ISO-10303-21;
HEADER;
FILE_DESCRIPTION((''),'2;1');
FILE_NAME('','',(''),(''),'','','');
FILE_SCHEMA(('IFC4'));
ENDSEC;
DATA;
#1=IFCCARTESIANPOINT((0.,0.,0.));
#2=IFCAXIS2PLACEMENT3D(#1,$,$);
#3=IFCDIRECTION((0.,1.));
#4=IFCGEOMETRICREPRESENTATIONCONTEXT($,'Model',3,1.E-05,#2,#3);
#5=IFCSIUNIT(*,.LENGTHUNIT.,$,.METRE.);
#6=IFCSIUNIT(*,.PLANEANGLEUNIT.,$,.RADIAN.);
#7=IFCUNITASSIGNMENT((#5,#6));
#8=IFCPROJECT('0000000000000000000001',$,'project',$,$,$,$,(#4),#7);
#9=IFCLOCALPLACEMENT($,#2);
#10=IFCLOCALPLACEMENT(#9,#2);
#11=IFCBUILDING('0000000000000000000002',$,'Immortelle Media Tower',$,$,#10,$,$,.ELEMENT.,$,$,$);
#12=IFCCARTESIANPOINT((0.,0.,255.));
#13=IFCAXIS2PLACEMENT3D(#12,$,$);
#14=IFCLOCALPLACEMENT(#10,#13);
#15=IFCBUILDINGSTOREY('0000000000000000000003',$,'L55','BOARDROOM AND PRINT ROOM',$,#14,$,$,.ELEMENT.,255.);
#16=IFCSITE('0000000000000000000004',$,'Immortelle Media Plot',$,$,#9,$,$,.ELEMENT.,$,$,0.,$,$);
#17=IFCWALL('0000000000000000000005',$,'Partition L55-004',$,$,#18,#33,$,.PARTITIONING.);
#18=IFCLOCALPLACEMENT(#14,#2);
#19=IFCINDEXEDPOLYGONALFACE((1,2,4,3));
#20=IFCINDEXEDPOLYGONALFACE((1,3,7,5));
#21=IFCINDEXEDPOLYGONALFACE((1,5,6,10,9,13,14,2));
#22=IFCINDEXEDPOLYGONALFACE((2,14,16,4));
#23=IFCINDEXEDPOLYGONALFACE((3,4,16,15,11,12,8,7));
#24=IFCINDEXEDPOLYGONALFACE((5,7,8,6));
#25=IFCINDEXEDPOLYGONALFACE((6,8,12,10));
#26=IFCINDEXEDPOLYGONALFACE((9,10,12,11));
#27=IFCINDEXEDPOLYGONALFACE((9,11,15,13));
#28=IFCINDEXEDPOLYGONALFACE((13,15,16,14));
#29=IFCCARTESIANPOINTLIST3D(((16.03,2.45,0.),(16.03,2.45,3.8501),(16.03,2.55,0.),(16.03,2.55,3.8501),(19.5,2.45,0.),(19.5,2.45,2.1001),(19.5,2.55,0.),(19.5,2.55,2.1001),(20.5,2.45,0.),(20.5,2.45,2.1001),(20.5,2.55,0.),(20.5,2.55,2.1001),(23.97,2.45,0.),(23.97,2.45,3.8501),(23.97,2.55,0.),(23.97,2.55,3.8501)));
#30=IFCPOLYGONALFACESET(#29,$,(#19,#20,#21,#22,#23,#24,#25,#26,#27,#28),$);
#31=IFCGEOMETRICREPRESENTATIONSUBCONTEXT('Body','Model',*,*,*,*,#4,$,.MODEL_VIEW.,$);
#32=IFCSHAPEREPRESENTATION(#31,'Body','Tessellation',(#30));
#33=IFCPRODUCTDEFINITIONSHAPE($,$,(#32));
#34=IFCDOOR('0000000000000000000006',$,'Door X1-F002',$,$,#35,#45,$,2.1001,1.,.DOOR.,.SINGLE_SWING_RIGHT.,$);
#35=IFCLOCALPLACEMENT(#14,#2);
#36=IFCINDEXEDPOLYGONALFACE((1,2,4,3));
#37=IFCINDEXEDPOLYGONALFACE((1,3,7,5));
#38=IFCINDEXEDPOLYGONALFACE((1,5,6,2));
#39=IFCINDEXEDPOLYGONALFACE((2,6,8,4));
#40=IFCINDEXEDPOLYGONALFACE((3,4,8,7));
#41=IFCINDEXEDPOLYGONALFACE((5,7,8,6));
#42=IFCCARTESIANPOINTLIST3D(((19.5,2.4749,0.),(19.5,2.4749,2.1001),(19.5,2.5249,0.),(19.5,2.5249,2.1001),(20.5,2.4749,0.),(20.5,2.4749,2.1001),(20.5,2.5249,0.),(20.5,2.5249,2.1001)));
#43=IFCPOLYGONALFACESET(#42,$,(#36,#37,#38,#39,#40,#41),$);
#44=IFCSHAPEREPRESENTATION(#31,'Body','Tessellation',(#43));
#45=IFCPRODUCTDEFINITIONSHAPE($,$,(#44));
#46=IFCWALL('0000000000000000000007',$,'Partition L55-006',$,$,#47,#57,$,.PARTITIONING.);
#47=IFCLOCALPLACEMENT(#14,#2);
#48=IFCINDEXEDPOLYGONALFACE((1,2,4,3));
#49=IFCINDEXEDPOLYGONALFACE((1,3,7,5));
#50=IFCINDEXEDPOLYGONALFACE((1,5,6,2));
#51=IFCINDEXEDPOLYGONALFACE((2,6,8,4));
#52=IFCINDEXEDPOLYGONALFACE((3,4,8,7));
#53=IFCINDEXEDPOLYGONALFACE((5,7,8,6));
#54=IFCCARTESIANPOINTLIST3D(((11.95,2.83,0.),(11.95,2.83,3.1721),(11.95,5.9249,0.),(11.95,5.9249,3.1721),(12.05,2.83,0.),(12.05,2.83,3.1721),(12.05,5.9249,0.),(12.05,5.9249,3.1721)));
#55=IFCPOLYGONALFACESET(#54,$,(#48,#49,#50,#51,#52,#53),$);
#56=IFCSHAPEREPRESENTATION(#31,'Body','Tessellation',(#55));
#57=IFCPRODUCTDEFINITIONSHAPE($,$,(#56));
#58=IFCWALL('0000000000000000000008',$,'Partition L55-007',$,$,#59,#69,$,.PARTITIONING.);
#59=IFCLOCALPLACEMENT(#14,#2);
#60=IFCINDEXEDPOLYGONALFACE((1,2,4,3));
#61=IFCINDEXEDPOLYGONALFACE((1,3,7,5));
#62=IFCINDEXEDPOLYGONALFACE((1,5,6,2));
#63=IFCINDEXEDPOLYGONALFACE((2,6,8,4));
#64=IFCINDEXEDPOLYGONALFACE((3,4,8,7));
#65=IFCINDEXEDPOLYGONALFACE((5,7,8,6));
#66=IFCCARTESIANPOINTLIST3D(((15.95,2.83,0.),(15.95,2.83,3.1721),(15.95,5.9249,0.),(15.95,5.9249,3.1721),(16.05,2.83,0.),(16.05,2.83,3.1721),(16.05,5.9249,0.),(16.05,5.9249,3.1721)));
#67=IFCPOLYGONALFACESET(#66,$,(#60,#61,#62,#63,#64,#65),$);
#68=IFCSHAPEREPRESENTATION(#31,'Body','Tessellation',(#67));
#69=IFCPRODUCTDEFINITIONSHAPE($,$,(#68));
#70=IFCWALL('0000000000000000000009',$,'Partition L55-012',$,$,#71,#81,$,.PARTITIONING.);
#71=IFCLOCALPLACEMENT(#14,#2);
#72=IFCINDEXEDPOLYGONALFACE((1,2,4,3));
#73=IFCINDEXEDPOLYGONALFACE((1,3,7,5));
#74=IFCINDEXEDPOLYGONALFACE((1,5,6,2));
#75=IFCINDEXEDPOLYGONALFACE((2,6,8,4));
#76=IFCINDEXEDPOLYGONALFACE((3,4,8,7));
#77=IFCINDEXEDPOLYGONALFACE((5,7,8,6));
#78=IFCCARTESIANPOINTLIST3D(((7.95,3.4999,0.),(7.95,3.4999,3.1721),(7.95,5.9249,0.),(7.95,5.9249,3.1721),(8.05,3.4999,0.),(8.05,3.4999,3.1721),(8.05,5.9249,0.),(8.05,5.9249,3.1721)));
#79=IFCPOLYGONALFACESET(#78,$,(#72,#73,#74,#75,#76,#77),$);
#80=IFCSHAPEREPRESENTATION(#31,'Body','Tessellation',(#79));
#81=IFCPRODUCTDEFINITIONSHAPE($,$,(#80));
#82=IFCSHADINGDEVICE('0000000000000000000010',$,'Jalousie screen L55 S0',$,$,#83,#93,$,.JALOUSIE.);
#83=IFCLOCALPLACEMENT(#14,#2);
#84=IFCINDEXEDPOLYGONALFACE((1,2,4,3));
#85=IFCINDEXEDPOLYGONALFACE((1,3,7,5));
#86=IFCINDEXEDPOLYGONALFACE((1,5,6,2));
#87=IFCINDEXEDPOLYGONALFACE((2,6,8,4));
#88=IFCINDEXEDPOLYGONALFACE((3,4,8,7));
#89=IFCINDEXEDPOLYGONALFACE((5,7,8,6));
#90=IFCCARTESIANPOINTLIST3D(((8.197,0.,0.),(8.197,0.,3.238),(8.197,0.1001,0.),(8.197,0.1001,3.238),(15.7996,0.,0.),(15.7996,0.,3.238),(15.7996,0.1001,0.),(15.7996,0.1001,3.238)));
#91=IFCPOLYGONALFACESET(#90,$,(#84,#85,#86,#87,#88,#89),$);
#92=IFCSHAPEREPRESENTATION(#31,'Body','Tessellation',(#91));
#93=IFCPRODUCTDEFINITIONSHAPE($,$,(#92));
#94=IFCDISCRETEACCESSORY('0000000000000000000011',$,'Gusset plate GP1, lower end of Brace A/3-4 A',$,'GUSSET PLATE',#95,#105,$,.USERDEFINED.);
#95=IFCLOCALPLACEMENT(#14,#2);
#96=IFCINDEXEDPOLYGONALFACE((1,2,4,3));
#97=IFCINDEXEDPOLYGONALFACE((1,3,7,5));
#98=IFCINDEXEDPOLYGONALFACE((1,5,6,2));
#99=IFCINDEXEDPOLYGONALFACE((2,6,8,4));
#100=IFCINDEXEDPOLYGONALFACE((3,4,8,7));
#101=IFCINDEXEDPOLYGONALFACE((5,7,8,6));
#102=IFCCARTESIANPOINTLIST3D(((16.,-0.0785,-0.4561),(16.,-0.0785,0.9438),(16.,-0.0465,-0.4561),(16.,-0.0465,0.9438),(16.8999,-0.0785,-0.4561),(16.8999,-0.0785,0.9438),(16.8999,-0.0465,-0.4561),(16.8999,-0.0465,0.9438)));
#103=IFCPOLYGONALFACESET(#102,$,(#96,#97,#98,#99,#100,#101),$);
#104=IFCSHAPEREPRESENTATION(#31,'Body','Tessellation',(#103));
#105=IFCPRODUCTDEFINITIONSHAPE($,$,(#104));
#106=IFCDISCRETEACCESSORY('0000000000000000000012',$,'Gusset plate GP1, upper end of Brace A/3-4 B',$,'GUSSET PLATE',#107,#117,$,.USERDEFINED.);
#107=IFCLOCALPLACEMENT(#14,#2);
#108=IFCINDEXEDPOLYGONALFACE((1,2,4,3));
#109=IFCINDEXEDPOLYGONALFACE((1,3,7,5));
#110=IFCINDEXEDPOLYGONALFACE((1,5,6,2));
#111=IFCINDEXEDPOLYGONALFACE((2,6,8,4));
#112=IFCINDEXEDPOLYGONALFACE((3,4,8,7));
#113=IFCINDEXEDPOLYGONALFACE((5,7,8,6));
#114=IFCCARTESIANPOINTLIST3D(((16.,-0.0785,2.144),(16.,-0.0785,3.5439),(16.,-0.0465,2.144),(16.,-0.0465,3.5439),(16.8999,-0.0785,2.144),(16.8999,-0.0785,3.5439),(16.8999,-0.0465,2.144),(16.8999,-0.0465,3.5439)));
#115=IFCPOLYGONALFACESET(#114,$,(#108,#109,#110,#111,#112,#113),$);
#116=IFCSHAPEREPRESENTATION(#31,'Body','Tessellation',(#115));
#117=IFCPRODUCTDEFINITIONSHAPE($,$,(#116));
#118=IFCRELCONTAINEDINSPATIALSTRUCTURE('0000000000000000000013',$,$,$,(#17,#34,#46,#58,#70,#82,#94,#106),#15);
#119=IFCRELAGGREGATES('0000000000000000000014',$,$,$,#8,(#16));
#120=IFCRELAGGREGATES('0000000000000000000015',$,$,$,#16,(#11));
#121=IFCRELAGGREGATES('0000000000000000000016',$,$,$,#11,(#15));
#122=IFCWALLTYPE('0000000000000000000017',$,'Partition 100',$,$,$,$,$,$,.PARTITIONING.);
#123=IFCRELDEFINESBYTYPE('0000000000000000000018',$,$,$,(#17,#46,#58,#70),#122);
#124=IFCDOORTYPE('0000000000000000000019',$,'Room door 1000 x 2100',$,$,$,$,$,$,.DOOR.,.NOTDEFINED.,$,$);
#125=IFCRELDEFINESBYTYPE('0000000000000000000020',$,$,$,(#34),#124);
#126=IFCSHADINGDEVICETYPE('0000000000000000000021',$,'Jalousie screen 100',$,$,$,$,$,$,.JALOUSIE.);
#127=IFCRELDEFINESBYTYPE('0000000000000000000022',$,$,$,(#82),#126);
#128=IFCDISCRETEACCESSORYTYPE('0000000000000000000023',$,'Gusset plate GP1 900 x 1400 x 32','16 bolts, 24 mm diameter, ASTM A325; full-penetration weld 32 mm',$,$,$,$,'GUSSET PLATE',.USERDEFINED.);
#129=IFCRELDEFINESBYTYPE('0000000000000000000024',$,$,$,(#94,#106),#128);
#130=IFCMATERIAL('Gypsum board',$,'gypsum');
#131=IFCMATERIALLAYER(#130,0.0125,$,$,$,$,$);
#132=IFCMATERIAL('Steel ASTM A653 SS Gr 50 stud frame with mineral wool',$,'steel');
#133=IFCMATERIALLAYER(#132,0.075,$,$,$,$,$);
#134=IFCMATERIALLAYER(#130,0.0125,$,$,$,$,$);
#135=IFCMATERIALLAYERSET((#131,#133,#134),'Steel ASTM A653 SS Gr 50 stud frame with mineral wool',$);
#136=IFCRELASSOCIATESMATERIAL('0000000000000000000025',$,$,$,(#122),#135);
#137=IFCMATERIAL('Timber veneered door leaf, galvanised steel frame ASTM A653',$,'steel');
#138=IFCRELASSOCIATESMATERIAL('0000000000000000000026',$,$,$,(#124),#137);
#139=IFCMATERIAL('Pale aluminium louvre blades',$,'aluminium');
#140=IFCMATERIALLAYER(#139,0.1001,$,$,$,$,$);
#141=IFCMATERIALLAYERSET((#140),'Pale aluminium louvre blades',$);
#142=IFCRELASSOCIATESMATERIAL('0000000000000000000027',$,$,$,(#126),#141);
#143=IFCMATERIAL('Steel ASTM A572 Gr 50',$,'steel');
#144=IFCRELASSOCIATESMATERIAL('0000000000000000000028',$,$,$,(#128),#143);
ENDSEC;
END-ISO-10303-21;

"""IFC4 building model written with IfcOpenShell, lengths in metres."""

from ifc_helpers import new_model, si_unit, direction, frame, frame_2d, origin, origin_2d, place, context, subcontext, project, spatial, rectangle, extrude, material, layer, layer_set, material_profile, profile_set, type_object, element, fill, save


model = new_model("IFC4")

# Units and contexts
model_context = context("Model", 3, precision=1e-05, world=origin(), true_north=direction((0.0, 1.0)))
body_context = subcontext(model_context, "Body", "Model", "MODEL_VIEW")
ifc_project = project(units=[si_unit("LENGTHUNIT", "METRE"), si_unit("PLANEANGLEUNIT", "RADIAN")], contexts=[model_context])

# Site, building, storey
site_placement = place(None, origin())
site = spatial("IfcSite", under=ifc_project, at=site_placement, Name="Immortelle Media Plot", CompositionType="ELEMENT", RefElevation=0.0)
building_placement = place(site_placement, origin())
building = spatial("IfcBuilding", under=site, at=building_placement, Name="Immortelle Media Tower", CompositionType="ELEMENT")
storey_placement = place(building_placement, frame((0.0, 0.0, 255.0)))
storey = spatial("IfcBuildingStorey", under=building, at=storey_placement, Name="L55", Description="BOARDROOM AND PRINT ROOM", CompositionType="ELEMENT", Elevation=255.0)

# Shared definitions
ifc_material_1 = material(Name="Steel ASTM A653 SS Gr 50 stud frame with mineral wool", Category="steel")

# Wall, opening, door
ifc_material_2 = material(Name="Gypsum board", Category="gypsum")
ifc_layer_1 = layer(ifc_material_2, 0.0125)
ifc_layer_2 = layer(ifc_material_1, 0.075)
ifc_layer_3 = layer(ifc_material_2, 0.0125)
ifc_layer_set_1 = layer_set([ifc_layer_1, ifc_layer_2, ifc_layer_3], Name="Steel ASTM A653 SS Gr 50 stud frame with mineral wool")
wall_type_1 = type_object("IfcWallType", Name="Partition 100", PredefinedType="PARTITIONING", material=ifc_layer_set_1)
wall_1_placement = place(storey_placement, frame((16.03, 2.5, 0.0), z_axis=(0.0, 0.0, 1.0), x_axis=(1.0, 0.0, 0.0)))
wall_1 = element("IfcWall", 1, at=wall_1_placement, inside=storey, type_object=wall_type_1, Name="Partition L55-004", PredefinedType="PARTITIONING", context=body_context, shape_type="SweptSolid", body=[
    extrude(rectangle(XDim=7.9399, YDim=0.1001, at=frame_2d((3.97, 0.0))), origin(), (0.0, 0.0, 1.0), 3.8501),
])
opening_1_placement = place(wall_1_placement, frame((3.47, 0.0, 0.0)))
opening_1 = element("IfcOpeningElement", 2, at=opening_1_placement, cuts=wall_1, PredefinedType="OPENING", context=body_context, shape_type="SweptSolid", body=[
    extrude(rectangle(XDim=1.0, YDim=2.1001, at=frame_2d((0.5, 1.05))), frame((0.0, 0.0601, 0.0), z_axis=(0.0, -1.0, 0.0), x_axis=(1.0, 0.0, 0.0)), (0.0, 0.0, 1.0), 0.1201),
])
ifc_material_3 = material(Name="Timber veneered door leaf, galvanised steel frame ASTM A653", Category="steel")
door_type_1 = type_object("IfcDoorType", Name="Room door 1000 x 2100", OperationType="NOTDEFINED", PredefinedType="DOOR", material=ifc_material_3)
door_1_placement = place(opening_1_placement, origin())
door_1 = element("IfcDoor", 3, at=door_1_placement, inside=storey, type_object=door_type_1, Name="Door X1-F002", OperationType="SINGLE_SWING_RIGHT", OverallHeight=2.1001, OverallWidth=1.0, PredefinedType="DOOR", context=body_context, shape_type="SweptSolid", body=[
    extrude(rectangle(XDim=1.0, YDim=2.1001, at=frame_2d((0.5, 1.05))), frame((0.0, 0.0249, 0.0), z_axis=(0.0, -1.0, 0.0), x_axis=(1.0, 0.0, 0.0)), (0.0, 0.0, 1.0), 0.05),
])
fill(opening_1, door_1)

# Walls
for number, where, z_axis, x_axis, name in (
    (4, (12.0, 2.8301, 0.0), (0.0, 0.0, 1.0), (0.0, 1.0, 0.0), "Partition L55-006"),
    (5, (16.0, 2.8301, 0.0), (0.0, 0.0, 1.0), (0.0, 1.0, 0.0), "Partition L55-007"),
):
    element("IfcWall", number, at=place(storey_placement, frame(where, z_axis=z_axis, x_axis=x_axis)), inside=storey, type_object=wall_type_1, Name=name, PredefinedType="PARTITIONING", context=body_context, shape_type="SweptSolid", body=[
        extrude(rectangle(XDim=3.095, YDim=0.1001, at=frame_2d((1.5474, 0.0))), origin(), (0.0, 0.0, 1.0), 3.1721),
    ])
wall_2_placement = place(storey_placement, frame((8.0, 3.5, 0.0), z_axis=(0.0, 0.0, 1.0), x_axis=(0.0, 1.0, 0.0)))
element("IfcWall", 6, at=wall_2_placement, inside=storey, type_object=wall_type_1, Name="Partition L55-012", PredefinedType="PARTITIONING", context=body_context, shape_type="SweptSolid", body=[
    extrude(rectangle(XDim=2.425, YDim=0.1001, at=frame_2d((1.2124, 0.0))), origin(), (0.0, 0.0, 1.0), 3.1721),
])

# Shading device
ifc_material_4 = material(Name="Pale aluminium louvre blades", Category="aluminium")
ifc_layer_4 = layer(ifc_material_4, 0.1001)
ifc_layer_set_2 = layer_set([ifc_layer_4], Name="Pale aluminium louvre blades")
shading_device_type = type_object("IfcShadingDeviceType", Name="Jalousie screen 100", PredefinedType="JALOUSIE", material=ifc_layer_set_2)
shading_device_placement = place(storey_placement, frame((11.9983, 0.05, 0.0), z_axis=(0.0, 0.0, 1.0), x_axis=(1.0, 0.0, 0.0)))
element("IfcShadingDevice", 7, at=shading_device_placement, inside=storey, type_object=shading_device_type, Name="Jalousie screen L55 S0", PredefinedType="JALOUSIE", context=body_context, shape_type="SweptSolid", body=[
    extrude(rectangle(XDim=7.6025, YDim=0.1001, at=origin_2d()), origin(), (0.0, 0.0, 1.0), 3.238),
])

# Discrete accessories
ifc_material_5 = material(Name="Steel ASTM A572 Gr 50", Category="steel")
ifc_material_profile_1 = material_profile(ifc_material_5, rectangle(XDim=0.032, YDim=1.3999, at=origin_2d()), Name="PL 32 x 1400")
ifc_profile_set_1 = profile_set([ifc_material_profile_1], Name="Steel ASTM A572 Gr 50")
discrete_accessory_type = type_object("IfcDiscreteAccessoryType", Name="Gusset plate GP1 900 x 1400 x 32", Description="16 bolts, 24 mm diameter, ASTM A325; full-penetration weld 32 mm", ElementType="GUSSET PLATE", PredefinedType="USERDEFINED", material=ifc_profile_set_1)
for number, where, z_axis, x_axis, name in (
    (8, (16.0, -0.0625, 0.2439), (1.0, 0.0, 0.0), (0.0, 1.0, 0.0), "Gusset plate GP1, lower end of Brace A/3-4 A"),
    (9, (16.0, -0.0625, 2.844), (1.0, 0.0, 0.0), (0.0, 1.0, 0.0), "Gusset plate GP1, upper end of Brace A/3-4 B"),
):
    element("IfcDiscreteAccessory", number, at=place(storey_placement, frame(where, z_axis=z_axis, x_axis=x_axis)), inside=storey, type_object=discrete_accessory_type, Name=name, ObjectType="GUSSET PLATE", PredefinedType="USERDEFINED", context=body_context, shape_type="SweptSolid", body=[
        extrude(rectangle(XDim=0.032, YDim=1.3999, at=origin_2d()), origin(), (0.0, 0.0, 1.0), 0.8999),
    ])

save(model, "model.ifc")
